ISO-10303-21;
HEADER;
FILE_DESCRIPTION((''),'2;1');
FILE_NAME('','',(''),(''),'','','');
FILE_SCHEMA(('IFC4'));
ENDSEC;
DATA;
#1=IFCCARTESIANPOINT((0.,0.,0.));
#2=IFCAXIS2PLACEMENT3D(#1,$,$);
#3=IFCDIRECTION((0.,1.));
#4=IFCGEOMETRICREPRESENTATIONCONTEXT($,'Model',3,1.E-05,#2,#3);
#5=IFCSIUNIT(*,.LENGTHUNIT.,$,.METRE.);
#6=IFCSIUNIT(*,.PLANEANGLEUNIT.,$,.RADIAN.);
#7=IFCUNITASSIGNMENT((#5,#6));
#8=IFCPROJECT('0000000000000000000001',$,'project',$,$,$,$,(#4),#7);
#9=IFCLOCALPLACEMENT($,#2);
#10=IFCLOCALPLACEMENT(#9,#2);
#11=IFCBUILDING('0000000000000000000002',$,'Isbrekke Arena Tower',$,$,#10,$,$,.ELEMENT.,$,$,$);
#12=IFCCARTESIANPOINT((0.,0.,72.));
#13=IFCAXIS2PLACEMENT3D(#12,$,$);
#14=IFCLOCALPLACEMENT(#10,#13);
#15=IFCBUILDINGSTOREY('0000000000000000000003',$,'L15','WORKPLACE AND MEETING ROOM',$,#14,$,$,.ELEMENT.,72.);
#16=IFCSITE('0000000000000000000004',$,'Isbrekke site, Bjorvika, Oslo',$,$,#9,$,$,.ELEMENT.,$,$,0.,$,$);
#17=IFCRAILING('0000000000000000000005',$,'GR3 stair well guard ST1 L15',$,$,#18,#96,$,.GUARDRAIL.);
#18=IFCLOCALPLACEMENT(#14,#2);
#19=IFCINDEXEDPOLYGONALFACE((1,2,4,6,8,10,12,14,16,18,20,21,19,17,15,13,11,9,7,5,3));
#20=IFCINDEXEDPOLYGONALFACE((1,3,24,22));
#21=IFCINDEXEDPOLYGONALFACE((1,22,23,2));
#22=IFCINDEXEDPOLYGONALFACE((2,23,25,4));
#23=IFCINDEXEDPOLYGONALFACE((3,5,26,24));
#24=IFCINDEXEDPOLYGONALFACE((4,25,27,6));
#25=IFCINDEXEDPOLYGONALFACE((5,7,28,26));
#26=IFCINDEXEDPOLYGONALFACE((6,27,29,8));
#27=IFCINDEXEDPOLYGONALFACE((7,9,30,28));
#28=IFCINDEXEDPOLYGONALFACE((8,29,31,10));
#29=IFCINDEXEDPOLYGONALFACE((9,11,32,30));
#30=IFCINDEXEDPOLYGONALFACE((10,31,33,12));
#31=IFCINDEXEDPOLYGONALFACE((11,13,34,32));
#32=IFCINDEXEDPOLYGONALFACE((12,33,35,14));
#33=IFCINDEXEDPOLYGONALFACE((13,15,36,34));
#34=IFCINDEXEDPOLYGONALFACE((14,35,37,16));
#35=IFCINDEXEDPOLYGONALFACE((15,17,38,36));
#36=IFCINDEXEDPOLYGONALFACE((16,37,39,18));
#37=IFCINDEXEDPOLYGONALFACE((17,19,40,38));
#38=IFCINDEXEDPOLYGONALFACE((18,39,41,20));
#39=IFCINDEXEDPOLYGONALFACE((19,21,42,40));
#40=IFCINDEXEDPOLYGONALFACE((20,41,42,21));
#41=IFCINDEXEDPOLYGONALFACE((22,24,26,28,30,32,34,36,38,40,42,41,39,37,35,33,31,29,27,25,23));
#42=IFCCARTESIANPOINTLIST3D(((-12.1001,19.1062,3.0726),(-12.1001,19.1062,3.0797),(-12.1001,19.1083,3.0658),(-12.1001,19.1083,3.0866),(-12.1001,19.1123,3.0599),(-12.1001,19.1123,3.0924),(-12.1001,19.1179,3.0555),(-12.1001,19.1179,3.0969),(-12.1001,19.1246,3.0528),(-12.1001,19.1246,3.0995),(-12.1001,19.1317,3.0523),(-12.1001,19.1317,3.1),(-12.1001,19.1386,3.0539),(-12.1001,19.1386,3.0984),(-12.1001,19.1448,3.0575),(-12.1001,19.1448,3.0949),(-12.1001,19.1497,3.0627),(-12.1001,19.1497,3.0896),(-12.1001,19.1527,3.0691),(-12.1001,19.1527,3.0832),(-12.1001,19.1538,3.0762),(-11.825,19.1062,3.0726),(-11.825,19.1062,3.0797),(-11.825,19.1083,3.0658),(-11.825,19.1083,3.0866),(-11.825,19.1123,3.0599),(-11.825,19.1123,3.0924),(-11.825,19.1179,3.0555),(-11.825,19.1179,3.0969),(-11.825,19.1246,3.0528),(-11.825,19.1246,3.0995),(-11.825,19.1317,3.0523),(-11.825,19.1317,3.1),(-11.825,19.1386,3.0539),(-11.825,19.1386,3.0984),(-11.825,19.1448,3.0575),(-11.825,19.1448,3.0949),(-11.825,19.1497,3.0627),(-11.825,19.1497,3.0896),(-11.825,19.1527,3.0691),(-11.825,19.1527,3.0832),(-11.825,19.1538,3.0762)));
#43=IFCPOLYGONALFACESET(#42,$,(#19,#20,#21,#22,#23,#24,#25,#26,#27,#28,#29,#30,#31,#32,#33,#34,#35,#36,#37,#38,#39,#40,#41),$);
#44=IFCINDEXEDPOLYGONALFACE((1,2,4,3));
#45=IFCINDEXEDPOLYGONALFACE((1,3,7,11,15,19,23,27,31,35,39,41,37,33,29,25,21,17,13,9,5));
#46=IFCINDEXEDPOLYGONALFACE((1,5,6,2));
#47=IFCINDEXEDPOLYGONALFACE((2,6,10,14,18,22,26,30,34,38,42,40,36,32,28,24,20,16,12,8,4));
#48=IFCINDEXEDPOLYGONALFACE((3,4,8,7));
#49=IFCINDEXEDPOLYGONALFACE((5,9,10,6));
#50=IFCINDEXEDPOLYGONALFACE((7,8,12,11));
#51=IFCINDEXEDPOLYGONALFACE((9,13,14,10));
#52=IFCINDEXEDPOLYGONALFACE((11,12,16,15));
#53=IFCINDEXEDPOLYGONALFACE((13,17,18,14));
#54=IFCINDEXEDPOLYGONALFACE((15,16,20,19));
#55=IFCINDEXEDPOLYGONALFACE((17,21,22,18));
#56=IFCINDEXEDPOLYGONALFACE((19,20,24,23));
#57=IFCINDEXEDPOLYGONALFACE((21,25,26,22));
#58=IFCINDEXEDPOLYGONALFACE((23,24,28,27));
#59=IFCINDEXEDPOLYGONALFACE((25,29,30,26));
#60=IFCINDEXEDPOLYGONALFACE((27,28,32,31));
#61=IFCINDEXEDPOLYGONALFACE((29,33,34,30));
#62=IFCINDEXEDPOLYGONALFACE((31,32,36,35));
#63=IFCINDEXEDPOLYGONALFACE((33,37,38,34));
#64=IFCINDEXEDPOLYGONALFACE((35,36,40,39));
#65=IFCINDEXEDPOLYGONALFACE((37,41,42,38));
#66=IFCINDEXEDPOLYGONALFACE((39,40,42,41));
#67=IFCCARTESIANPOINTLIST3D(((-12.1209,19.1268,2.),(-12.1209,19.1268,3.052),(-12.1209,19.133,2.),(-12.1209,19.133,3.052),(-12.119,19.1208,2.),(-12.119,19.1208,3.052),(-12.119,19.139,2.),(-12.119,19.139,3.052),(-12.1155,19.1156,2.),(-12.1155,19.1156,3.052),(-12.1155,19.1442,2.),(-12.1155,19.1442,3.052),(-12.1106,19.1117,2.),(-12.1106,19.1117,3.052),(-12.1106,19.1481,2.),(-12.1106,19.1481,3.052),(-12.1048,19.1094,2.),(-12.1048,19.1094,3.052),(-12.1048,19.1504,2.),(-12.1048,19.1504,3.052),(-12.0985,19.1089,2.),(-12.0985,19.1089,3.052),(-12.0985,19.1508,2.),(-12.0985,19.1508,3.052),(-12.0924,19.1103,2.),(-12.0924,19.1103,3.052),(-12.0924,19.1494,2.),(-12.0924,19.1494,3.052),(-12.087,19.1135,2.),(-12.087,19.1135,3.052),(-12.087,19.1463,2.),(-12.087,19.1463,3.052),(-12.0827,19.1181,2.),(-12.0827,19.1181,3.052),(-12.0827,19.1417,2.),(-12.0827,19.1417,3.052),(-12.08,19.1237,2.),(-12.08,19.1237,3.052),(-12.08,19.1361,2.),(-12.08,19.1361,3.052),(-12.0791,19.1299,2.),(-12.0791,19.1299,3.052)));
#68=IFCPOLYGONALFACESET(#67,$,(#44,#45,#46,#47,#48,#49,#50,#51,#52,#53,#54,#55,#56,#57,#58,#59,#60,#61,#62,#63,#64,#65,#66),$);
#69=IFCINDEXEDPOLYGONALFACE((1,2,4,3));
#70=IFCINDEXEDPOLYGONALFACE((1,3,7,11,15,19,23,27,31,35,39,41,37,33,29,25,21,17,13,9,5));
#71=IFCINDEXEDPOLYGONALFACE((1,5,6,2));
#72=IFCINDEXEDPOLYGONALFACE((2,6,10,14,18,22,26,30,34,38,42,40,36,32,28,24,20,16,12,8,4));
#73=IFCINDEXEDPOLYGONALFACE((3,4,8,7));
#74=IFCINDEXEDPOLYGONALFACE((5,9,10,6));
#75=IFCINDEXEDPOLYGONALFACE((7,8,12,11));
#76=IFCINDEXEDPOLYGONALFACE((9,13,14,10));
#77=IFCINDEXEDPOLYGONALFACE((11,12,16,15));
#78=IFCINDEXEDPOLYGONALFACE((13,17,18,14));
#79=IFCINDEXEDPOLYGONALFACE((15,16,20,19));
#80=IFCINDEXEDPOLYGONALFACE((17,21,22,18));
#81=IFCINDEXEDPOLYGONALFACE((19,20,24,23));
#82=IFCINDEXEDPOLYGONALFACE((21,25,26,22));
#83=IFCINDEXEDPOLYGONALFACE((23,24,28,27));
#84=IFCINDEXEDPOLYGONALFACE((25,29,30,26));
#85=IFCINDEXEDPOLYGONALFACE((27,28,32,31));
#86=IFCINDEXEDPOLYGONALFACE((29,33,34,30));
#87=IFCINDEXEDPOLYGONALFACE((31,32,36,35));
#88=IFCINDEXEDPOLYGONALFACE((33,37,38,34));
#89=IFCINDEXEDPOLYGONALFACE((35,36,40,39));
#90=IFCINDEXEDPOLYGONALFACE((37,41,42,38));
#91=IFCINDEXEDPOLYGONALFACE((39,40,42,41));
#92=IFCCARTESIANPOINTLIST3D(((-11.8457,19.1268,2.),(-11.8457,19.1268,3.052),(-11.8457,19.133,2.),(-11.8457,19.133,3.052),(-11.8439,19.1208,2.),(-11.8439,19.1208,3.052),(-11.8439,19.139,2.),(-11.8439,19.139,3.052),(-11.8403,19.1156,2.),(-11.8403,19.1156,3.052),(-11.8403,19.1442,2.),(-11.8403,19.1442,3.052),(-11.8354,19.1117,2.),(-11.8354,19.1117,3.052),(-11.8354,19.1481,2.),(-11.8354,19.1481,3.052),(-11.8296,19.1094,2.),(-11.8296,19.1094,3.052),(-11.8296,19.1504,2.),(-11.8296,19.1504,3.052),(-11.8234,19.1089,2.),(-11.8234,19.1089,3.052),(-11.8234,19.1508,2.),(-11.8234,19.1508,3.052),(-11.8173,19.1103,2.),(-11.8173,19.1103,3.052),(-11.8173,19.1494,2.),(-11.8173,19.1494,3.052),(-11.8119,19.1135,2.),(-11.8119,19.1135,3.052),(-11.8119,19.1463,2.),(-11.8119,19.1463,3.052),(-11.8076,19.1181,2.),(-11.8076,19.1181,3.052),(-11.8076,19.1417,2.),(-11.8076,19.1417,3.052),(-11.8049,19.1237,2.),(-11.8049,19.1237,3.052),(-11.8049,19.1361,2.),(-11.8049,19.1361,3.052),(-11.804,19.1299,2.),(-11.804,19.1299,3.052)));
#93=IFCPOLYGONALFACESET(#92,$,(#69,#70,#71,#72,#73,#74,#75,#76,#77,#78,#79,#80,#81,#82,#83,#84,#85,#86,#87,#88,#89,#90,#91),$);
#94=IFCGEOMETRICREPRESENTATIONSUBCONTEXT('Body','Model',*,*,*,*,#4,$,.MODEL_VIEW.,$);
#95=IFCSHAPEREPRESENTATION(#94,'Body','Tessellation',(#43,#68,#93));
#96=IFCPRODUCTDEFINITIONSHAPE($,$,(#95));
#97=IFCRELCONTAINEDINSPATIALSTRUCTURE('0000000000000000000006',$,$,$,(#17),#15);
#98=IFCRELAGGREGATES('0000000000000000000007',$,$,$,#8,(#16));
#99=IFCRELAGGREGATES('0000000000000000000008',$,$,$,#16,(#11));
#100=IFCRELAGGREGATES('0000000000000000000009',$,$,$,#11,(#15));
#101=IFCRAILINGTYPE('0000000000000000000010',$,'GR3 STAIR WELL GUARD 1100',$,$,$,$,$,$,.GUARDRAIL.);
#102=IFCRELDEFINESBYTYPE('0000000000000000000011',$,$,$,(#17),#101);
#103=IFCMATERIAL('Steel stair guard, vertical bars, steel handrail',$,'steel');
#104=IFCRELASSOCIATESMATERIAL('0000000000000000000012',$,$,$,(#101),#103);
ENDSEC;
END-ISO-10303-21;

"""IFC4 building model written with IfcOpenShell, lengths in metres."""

from ifc_helpers import new_model, si_unit, direction, frame, origin, origin_2d, place, context, subcontext, project, spatial, circle, extrude, material, type_object, element, save


model = new_model("IFC4")

# Units and contexts
model_context = context("Model", 3, precision=1e-05, world=origin(), true_north=direction((0.0, 1.0)))
body_context = subcontext(model_context, "Body", "Model", "MODEL_VIEW")
ifc_project = project(units=[si_unit("LENGTHUNIT", "METRE"), si_unit("PLANEANGLEUNIT", "RADIAN")], contexts=[model_context])

# Site, building, storey
site_placement = place(None, origin())
site = spatial("IfcSite", under=ifc_project, at=site_placement, Name="Isbrekke site, Bjorvika, Oslo", CompositionType="ELEMENT", RefElevation=0.0)
building_placement = place(site_placement, origin())
building = spatial("IfcBuilding", under=site, at=building_placement, Name="Isbrekke Arena Tower", CompositionType="ELEMENT")
storey_placement = place(building_placement, frame((0.0, 0.0, 72.0)))
storey = spatial("IfcBuildingStorey", under=building, at=storey_placement, Name="L15", Description="WORKPLACE AND MEETING ROOM", CompositionType="ELEMENT", Elevation=72.0)

# Railing
ifc_material_1 = material(Name="Steel stair guard, vertical bars, steel handrail", Category="steel")
railing_type = type_object("IfcRailingType", Name="GR3 STAIR WELL GUARD 1100", PredefinedType="GUARDRAIL", material=ifc_material_1)
for number, where, name in (
    (1, (-12.1001, 19.1299, 2.0), "GR3 stair well guard ST1 L15"),
):
    element("IfcRailing", number, at=place(storey_placement, frame(where)), inside=storey, type_object=railing_type, Name=name, PredefinedType="GUARDRAIL", context=body_context, shape_type="SweptSolid", body=[
        extrude(circle(Radius=0.0239, at=origin_2d()), frame((0.0, 0.0, 1.0762), z_axis=(1.0, 0.0, 0.0), x_axis=(0.0, 1.0, 0.0)), (0.0, 0.0, 1.0), 0.2751),
        extrude(circle(Radius=0.021, at=origin_2d()), origin(), (0.0, 0.0, 1.0), 1.052),
        extrude(circle(Radius=0.021, at=origin_2d()), frame((0.2751, 0.0, 0.0)), (0.0, 0.0, 1.0), 1.052),
    ])

save(model, "model.ifc")
